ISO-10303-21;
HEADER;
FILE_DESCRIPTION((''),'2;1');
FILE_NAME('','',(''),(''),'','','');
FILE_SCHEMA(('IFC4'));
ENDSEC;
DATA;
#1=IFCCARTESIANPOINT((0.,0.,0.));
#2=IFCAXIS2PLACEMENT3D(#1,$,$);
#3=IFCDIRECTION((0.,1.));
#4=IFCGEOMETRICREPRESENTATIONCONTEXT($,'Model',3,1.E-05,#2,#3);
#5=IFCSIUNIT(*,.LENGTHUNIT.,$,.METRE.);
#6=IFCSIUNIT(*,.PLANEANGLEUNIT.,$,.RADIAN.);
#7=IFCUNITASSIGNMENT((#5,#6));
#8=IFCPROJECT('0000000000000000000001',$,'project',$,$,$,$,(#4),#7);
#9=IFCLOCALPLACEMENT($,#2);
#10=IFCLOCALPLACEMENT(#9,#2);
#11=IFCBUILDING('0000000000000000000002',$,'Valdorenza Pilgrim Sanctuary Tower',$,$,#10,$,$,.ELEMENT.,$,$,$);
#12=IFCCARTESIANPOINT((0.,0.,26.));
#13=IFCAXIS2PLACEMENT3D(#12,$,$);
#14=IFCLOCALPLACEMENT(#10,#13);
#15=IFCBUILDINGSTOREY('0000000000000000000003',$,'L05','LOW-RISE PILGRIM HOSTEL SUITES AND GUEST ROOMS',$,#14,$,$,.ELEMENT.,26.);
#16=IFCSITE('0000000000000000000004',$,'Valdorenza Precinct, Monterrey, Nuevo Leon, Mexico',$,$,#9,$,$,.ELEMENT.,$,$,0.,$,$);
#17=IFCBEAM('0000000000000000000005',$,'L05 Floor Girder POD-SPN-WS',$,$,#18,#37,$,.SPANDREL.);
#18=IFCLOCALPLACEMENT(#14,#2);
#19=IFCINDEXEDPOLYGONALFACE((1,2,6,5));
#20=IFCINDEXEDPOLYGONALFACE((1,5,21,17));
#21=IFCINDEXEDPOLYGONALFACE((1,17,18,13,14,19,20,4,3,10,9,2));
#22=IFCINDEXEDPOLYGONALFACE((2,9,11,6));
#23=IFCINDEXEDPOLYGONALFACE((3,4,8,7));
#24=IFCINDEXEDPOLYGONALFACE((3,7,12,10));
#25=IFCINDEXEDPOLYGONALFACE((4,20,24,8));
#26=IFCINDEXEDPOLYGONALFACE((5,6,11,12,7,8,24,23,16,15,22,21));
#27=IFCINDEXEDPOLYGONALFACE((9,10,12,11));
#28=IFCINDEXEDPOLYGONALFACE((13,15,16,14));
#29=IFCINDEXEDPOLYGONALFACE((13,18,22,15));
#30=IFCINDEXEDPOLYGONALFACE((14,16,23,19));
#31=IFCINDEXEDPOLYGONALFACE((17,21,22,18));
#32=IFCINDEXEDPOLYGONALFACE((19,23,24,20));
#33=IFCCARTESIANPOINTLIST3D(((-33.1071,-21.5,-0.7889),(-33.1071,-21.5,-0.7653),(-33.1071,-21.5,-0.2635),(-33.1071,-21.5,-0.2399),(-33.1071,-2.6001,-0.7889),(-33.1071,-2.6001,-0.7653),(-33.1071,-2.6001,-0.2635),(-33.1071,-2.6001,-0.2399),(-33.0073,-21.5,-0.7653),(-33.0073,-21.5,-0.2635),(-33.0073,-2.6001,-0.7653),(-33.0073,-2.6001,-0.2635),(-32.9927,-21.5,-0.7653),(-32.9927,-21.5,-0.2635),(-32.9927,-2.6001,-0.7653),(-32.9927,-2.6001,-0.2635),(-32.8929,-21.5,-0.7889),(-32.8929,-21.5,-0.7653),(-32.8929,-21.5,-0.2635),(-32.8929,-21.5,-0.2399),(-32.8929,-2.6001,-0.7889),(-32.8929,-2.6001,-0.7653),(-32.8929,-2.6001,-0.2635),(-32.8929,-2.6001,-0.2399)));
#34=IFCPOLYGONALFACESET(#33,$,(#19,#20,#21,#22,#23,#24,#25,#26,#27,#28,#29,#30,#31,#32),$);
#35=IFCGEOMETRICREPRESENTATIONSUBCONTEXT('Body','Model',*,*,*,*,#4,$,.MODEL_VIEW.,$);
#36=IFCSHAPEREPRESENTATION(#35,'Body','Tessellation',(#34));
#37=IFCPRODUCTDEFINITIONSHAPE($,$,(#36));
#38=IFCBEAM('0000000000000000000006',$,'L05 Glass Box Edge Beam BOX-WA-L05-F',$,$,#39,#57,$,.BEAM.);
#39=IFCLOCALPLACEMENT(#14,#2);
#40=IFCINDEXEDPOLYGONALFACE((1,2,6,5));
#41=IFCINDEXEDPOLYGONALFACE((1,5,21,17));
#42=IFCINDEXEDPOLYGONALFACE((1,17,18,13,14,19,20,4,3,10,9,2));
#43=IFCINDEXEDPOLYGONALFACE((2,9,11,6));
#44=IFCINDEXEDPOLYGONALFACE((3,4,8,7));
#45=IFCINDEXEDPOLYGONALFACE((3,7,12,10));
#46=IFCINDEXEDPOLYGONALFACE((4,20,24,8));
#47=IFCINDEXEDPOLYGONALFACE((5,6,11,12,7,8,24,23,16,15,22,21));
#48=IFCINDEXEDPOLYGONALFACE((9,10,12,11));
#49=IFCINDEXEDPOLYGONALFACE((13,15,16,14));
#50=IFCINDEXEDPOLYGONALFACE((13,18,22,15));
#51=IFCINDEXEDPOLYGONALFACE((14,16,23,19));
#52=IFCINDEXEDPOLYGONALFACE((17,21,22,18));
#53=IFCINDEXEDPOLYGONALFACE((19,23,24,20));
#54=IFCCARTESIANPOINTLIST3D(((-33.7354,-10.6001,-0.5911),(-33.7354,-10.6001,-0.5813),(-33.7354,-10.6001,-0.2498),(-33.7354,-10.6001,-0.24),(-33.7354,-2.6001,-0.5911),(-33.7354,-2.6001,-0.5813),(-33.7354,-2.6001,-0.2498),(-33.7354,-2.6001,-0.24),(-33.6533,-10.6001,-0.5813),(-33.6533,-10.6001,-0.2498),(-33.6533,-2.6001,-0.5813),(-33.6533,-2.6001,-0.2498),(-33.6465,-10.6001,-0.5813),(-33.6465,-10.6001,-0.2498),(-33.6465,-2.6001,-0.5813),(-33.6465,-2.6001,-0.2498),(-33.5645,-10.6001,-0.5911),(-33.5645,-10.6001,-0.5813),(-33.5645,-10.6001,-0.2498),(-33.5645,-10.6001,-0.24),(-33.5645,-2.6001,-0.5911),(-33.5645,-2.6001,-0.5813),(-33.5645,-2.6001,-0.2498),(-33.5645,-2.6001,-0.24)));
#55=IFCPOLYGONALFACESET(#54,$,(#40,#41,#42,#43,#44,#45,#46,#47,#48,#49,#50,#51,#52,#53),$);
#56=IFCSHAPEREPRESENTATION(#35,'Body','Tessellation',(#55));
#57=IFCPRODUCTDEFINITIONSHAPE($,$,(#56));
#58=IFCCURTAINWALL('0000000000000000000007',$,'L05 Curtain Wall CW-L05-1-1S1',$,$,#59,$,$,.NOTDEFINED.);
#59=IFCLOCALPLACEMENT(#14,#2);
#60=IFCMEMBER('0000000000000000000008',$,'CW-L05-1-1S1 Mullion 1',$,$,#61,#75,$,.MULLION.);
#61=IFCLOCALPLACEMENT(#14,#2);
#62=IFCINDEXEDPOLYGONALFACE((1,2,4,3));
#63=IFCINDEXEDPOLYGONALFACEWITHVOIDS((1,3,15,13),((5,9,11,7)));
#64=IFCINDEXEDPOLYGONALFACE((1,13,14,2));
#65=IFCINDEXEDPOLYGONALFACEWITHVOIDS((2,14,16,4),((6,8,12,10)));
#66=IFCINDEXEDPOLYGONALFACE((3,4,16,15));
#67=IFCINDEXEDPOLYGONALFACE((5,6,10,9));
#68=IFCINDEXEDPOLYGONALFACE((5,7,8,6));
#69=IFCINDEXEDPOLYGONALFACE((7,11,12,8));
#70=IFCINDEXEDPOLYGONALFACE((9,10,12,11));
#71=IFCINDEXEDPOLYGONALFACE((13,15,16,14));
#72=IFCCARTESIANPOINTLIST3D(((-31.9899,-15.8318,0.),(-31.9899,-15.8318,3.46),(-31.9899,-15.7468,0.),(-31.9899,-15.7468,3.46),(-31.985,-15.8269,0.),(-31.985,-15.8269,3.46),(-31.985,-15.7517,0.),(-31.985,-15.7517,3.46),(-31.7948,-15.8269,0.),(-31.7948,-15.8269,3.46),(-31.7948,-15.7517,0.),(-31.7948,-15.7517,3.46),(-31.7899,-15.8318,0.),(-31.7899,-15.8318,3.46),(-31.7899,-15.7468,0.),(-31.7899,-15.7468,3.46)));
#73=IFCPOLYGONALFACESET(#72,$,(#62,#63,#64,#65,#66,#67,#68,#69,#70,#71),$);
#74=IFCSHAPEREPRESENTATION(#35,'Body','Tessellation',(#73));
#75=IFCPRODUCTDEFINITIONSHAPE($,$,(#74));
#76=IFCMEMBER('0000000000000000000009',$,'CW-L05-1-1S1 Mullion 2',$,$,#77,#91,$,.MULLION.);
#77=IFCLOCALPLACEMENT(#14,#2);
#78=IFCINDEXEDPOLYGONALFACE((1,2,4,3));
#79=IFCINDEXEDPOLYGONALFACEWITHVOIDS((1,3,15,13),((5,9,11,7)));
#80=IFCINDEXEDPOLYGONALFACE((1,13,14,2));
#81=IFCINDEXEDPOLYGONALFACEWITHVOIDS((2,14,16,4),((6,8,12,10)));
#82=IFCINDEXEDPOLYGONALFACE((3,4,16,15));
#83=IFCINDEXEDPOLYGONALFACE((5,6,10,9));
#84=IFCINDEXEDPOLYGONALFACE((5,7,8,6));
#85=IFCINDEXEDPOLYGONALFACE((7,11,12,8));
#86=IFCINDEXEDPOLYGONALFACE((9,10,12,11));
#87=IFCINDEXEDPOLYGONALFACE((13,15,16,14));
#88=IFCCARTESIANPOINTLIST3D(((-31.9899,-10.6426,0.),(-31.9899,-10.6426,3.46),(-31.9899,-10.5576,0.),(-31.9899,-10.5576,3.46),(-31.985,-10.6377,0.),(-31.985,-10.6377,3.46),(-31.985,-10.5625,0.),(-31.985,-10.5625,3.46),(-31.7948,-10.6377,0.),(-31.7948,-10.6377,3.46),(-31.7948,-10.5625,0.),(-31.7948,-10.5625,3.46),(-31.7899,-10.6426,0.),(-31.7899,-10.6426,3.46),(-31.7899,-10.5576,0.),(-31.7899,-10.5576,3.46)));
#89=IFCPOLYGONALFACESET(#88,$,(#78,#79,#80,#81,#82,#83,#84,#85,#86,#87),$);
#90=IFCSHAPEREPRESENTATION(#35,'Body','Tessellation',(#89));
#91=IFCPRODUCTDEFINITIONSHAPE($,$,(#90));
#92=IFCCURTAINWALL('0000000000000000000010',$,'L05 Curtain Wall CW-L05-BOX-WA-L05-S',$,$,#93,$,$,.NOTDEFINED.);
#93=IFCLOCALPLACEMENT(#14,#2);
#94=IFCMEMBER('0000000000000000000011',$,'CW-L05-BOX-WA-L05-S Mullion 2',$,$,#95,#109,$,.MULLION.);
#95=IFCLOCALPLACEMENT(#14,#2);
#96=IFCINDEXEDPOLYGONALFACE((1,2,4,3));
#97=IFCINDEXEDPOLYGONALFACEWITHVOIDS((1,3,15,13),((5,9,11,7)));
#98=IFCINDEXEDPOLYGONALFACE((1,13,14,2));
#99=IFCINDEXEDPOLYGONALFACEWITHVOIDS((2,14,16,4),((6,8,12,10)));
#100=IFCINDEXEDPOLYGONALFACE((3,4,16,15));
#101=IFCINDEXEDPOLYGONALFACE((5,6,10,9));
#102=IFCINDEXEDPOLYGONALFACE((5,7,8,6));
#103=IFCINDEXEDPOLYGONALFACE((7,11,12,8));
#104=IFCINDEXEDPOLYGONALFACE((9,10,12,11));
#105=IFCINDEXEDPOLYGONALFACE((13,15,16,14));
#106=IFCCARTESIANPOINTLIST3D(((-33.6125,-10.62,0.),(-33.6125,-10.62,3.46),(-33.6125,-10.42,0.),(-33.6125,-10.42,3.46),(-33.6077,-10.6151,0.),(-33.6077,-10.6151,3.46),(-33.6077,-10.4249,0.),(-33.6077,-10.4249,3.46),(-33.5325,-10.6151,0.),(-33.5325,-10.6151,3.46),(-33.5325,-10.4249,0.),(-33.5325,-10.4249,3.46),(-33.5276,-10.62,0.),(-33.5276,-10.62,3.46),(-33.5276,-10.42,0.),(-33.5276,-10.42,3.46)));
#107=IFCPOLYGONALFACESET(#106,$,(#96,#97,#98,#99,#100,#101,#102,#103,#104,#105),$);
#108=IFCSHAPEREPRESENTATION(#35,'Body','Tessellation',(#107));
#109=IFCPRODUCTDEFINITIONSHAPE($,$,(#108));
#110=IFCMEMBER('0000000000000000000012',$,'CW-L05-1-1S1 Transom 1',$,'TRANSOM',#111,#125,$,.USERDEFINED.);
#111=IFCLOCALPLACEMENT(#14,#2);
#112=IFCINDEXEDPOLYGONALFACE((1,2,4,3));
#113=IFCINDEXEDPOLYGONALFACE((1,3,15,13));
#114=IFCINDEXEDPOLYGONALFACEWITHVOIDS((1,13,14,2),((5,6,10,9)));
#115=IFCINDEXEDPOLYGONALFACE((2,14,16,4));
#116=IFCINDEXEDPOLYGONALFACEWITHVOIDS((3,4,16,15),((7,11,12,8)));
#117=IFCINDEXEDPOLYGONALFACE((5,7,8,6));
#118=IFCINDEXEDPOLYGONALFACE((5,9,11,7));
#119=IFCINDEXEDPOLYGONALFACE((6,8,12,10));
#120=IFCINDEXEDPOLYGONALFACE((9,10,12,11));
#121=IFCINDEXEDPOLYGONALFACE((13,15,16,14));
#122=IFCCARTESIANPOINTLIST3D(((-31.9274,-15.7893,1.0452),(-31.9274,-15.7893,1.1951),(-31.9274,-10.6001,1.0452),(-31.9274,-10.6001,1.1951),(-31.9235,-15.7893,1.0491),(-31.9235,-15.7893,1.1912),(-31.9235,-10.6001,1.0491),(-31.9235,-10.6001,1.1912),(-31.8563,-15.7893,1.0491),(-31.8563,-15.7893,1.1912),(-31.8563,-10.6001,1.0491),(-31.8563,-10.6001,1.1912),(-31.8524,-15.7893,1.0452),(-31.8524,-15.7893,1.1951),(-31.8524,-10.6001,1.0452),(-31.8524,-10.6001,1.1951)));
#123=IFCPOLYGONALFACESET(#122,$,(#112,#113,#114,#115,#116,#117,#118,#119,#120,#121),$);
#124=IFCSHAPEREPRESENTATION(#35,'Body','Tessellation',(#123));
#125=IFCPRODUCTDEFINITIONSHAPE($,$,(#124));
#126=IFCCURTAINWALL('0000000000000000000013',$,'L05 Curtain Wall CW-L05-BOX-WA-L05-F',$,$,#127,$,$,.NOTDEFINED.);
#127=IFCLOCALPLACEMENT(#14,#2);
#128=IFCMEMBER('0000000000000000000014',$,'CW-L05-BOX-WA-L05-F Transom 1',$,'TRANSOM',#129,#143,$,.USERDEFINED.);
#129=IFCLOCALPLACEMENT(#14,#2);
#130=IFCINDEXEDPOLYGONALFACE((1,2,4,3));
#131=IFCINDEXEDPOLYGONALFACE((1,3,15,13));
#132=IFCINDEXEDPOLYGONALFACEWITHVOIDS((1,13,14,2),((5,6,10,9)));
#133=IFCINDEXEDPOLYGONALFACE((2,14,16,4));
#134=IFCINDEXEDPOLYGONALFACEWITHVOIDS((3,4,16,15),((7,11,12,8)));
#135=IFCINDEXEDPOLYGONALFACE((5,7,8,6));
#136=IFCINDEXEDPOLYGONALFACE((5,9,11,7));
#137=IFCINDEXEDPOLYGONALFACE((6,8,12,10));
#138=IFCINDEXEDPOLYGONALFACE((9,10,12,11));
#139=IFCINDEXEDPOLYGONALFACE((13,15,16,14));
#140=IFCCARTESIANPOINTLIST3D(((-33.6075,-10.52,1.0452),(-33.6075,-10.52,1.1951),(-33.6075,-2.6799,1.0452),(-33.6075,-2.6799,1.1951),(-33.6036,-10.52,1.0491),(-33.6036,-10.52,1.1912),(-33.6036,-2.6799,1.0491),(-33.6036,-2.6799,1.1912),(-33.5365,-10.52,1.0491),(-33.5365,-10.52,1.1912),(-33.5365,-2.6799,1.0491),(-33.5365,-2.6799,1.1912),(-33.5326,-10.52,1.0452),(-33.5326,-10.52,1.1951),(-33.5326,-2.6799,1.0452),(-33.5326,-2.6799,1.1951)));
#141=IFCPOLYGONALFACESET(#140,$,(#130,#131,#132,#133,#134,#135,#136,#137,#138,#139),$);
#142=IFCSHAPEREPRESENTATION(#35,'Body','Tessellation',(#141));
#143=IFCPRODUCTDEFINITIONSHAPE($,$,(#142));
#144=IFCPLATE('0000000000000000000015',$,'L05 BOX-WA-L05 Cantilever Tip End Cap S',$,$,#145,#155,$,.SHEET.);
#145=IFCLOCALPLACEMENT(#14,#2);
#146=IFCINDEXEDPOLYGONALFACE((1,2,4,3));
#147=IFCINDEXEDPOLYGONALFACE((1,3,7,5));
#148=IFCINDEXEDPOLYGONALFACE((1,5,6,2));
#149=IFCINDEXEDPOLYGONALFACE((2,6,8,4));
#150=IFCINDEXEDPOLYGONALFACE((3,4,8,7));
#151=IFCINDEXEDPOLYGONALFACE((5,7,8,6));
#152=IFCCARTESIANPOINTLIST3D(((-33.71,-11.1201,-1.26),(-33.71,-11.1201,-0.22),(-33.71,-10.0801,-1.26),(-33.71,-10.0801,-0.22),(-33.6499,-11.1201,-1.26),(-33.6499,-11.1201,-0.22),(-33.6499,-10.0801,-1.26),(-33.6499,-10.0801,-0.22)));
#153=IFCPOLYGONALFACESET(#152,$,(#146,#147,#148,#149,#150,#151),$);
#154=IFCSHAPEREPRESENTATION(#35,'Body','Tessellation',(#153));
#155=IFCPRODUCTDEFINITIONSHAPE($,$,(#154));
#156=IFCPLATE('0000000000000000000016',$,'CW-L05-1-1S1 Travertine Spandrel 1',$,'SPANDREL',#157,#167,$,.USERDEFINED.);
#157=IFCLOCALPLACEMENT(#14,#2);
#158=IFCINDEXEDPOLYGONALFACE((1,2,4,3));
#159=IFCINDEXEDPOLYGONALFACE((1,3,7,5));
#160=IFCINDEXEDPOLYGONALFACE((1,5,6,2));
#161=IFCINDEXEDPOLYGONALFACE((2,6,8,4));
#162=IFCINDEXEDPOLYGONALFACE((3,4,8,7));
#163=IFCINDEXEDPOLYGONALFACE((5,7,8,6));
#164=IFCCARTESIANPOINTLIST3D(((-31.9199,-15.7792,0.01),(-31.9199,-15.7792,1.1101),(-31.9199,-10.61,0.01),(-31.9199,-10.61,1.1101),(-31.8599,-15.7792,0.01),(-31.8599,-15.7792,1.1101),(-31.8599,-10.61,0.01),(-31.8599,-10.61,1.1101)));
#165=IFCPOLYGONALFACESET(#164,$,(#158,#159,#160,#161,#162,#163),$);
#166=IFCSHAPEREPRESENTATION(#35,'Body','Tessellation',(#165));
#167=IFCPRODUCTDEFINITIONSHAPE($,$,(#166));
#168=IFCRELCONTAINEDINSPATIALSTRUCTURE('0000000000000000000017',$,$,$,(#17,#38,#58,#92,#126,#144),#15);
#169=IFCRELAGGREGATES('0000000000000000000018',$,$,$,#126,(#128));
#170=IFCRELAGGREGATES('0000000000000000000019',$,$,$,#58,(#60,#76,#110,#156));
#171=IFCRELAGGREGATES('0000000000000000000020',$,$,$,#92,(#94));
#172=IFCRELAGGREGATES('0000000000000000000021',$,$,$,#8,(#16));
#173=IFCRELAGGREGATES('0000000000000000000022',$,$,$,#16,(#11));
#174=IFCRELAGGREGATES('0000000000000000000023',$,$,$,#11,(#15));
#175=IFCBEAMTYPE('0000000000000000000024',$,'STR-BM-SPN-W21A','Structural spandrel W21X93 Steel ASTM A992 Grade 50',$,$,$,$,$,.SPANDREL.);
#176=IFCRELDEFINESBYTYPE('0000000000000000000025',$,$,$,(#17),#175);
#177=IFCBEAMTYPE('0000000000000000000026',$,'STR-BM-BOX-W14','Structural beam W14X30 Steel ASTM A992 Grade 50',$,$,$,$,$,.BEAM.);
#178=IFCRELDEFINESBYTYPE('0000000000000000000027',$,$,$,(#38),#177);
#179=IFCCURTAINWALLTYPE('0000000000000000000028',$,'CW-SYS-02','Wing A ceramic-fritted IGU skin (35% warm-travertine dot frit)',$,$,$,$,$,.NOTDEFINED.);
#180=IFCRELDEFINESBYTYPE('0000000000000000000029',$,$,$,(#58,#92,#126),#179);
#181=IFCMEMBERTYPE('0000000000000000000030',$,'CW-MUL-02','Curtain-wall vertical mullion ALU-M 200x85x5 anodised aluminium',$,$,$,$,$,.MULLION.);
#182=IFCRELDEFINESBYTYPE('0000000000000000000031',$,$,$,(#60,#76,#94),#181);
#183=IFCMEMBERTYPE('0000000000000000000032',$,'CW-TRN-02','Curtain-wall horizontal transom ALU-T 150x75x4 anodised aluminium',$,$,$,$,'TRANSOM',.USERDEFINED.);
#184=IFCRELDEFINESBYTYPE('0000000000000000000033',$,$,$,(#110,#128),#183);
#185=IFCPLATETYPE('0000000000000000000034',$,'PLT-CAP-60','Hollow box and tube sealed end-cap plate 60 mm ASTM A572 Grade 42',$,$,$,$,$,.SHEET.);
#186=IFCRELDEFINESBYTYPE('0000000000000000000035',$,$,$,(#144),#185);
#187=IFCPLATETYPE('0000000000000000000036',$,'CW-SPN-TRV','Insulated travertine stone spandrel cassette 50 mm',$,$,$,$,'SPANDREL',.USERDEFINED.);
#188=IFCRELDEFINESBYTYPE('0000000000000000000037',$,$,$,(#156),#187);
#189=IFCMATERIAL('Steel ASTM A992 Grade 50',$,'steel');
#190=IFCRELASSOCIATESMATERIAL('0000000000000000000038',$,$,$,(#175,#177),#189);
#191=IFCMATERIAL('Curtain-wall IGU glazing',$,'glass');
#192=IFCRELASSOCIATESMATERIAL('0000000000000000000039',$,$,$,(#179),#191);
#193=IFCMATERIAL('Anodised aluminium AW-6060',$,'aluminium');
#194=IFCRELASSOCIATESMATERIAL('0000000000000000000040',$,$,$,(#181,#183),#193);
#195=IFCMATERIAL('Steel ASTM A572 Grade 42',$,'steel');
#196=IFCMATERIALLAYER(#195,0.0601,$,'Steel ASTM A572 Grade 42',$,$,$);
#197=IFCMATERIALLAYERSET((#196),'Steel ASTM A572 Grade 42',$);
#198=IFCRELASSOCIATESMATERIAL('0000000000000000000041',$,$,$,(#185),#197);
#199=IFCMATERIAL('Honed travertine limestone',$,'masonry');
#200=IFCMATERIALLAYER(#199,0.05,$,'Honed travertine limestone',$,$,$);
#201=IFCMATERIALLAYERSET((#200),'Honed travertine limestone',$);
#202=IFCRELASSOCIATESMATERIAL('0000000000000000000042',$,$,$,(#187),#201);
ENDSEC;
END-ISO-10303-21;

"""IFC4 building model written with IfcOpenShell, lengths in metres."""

from ifc_helpers import new_model, si_unit, direction, frame, origin, origin_2d, place, context, subcontext, project, spatial, rectangle, hollow_rectangle, i_section, extrude, source, transform, mapped, material, layer, layer_set, material_profile, profile_set, type_object, element, aggregate, save


model = new_model("IFC4")

# Units and contexts
model_context = context("Model", 3, precision=1e-05, world=origin(), true_north=direction((0.0, 1.0)))
body_context = subcontext(model_context, "Body", "Model", "MODEL_VIEW")
ifc_project = project(units=[si_unit("LENGTHUNIT", "METRE"), si_unit("PLANEANGLEUNIT", "RADIAN")], contexts=[model_context])

# Site, building, storey
site_placement = place(None, origin())
site = spatial("IfcSite", under=ifc_project, at=site_placement, Name="Valdorenza Precinct, Monterrey, Nuevo Leon, Mexico", CompositionType="ELEMENT", RefElevation=0.0)
building_placement = place(site_placement, origin())
building = spatial("IfcBuilding", under=site, at=building_placement, Name="Valdorenza Pilgrim Sanctuary Tower", CompositionType="ELEMENT")
storey_placement = place(building_placement, frame((0.0, 0.0, 26.0)))
storey = spatial("IfcBuildingStorey", under=building, at=storey_placement, Name="L05", Description="LOW-RISE PILGRIM HOSTEL SUITES AND GUEST ROOMS", CompositionType="ELEMENT", Elevation=26.0)

# Beams
ifc_material_1 = material(Name="Steel ASTM A992 Grade 50", Category="steel")
ifc_material_profile_1 = material_profile(ifc_material_1, i_section(OverallWidth=0.2141, OverallDepth=0.5491, WebThickness=0.0146, FlangeThickness=0.0237, at=origin_2d()), Name="W21X93")
ifc_profile_set_1 = profile_set([ifc_material_profile_1], Name="Steel ASTM A992 Grade 50")
beam_type_1 = type_object("IfcBeamType", Name="STR-BM-SPN-W21A", Description="Structural spandrel W21X93 Steel ASTM A992 Grade 50", PredefinedType="SPANDREL", material=ifc_profile_set_1)
shared_shape_1 = source(origin(), body_context, "Body", "SweptSolid", [
    extrude(i_section(OverallWidth=0.2141, OverallDepth=0.5491, WebThickness=0.0146, FlangeThickness=0.0237, at=origin_2d()), origin(), (0.0, 0.0, 1.0), 18.8999),
])
beam_1_placement = place(storey_placement, frame((-33.0, -21.5, -0.5144), z_axis=(0.0, 1.0, 0.0), x_axis=(-1.0, 0.0, 0.0)))
element("IfcBeam", 1, at=beam_1_placement, inside=storey, type_object=beam_type_1, Name="L05 Floor Girder POD-SPN-WS", PredefinedType="SPANDREL", context=body_context, shape_type="MappedRepresentation", body=[
    mapped(shared_shape_1, transform((0.0, 0.0, 0.0), x_axis=(1.0, 0.0, 0.0), y_axis=(0.0, 1.0, 0.0), z_axis=(0.0, 0.0, 1.0), scale=1.0)),
])
ifc_material_profile_2 = material_profile(ifc_material_1, i_section(OverallWidth=0.1709, OverallDepth=0.3511, WebThickness=0.0068, FlangeThickness=0.0098, at=origin_2d()), Name="W14X30")
ifc_profile_set_2 = profile_set([ifc_material_profile_2], Name="Steel ASTM A992 Grade 50")
beam_type_2 = type_object("IfcBeamType", Name="STR-BM-BOX-W14", Description="Structural beam W14X30 Steel ASTM A992 Grade 50", PredefinedType="BEAM", material=ifc_profile_set_2)
shared_shape_2 = source(origin(), body_context, "Body", "SweptSolid", [
    extrude(i_section(OverallWidth=0.1709, OverallDepth=0.3511, WebThickness=0.0068, FlangeThickness=0.0098, at=origin_2d()), origin(), (0.0, 0.0, 1.0), 8.0),
])
beam_2_placement = place(storey_placement, frame((-33.6499, -10.6001, -0.4155), z_axis=(0.0, 1.0, 0.0), x_axis=(-1.0, 0.0, 0.0)))
element("IfcBeam", 2, at=beam_2_placement, inside=storey, type_object=beam_type_2, Name="L05 Glass Box Edge Beam BOX-WA-L05-F", PredefinedType="BEAM", context=body_context, shape_type="MappedRepresentation", body=[
    mapped(shared_shape_2, transform((0.0, 0.0, 0.0), x_axis=(1.0, 0.0, 0.0), y_axis=(0.0, 1.0, 0.0), z_axis=(0.0, 0.0, 1.0), scale=1.0)),
])

# Curtain wall, members
ifc_material_2 = material(Name="Curtain-wall IGU glazing", Category="glass")
curtain_wall_type = type_object("IfcCurtainWallType", Name="CW-SYS-02", Description="Wing A ceramic-fritted IGU skin (35% warm-travertine dot frit)", PredefinedType="NOTDEFINED", material=ifc_material_2)
curtain_wall_1_placement = place(storey_placement, origin())
curtain_wall_1 = element("IfcCurtainWall", 3, at=curtain_wall_1_placement, inside=storey, type_object=curtain_wall_type, Name="L05 Curtain Wall CW-L05-1-1S1", PredefinedType="NOTDEFINED")
ifc_material_3 = material(Name="Anodised aluminium AW-6060", Category="aluminium")
ifc_material_profile_3 = material_profile(ifc_material_3, hollow_rectangle(XDim=0.085, YDim=0.2, WallThickness=0.0049, at=origin_2d()), Name="ALU-M 200x85x5")
ifc_profile_set_3 = profile_set([ifc_material_profile_3], Name="Anodised aluminium AW-6060")
member_type_1 = type_object("IfcMemberType", Name="CW-MUL-02", Description="Curtain-wall vertical mullion ALU-M 200x85x5 anodised aluminium", PredefinedType="MULLION", material=ifc_profile_set_3)
shared_shape_3 = source(origin(), body_context, "Body", "SweptSolid", [
    extrude(hollow_rectangle(XDim=0.085, YDim=0.2, WallThickness=0.0049, at=origin_2d()), origin(), (0.0, 0.0, 1.0), 3.46),
])
member_1_placement = place(storey_placement, frame((-31.8899, -15.7893, 0.0), z_axis=(0.0, 0.0, 1.0), x_axis=(0.0, 1.0, 0.0)))
member_1 = element("IfcMember", 4, at=member_1_placement, type_object=member_type_1, Name="CW-L05-1-1S1 Mullion 1", PredefinedType="MULLION", context=body_context, shape_type="MappedRepresentation", body=[
    mapped(shared_shape_3, transform((0.0, 0.0, 0.0), x_axis=(1.0, 0.0, 0.0), y_axis=(0.0, 1.0, 0.0), z_axis=(0.0, 0.0, 1.0), scale=1.0)),
])
member_2_placement = place(storey_placement, frame((-31.8899, -10.6001, 0.0), z_axis=(0.0, 0.0, 1.0), x_axis=(0.0, 1.0, 0.0)))
member_2 = element("IfcMember", 5, at=member_2_placement, type_object=member_type_1, Name="CW-L05-1-1S1 Mullion 2", PredefinedType="MULLION", context=body_context, shape_type="MappedRepresentation", body=[
    mapped(shared_shape_3, transform((0.0, 0.0, 0.0), x_axis=(1.0, 0.0, 0.0), y_axis=(0.0, 1.0, 0.0), z_axis=(0.0, 0.0, 1.0), scale=1.0)),
])

# Curtain wall, member
curtain_wall_2_placement = place(storey_placement, origin())
curtain_wall_2 = element("IfcCurtainWall", 6, at=curtain_wall_2_placement, inside=storey, type_object=curtain_wall_type, Name="L05 Curtain Wall CW-L05-BOX-WA-L05-S", PredefinedType="NOTDEFINED")
member_3_placement = place(storey_placement, frame((-33.5701, -10.52, 0.0), z_axis=(0.0, 0.0, 1.0), x_axis=(-1.0, 0.0, 0.0)))
member_3 = element("IfcMember", 7, at=member_3_placement, type_object=member_type_1, Name="CW-L05-BOX-WA-L05-S Mullion 2", PredefinedType="MULLION", context=body_context, shape_type="MappedRepresentation", body=[
    mapped(shared_shape_3, transform((0.0, 0.0, 0.0), x_axis=(1.0, 0.0, 0.0), y_axis=(0.0, 1.0, 0.0), z_axis=(0.0, 0.0, 1.0), scale=1.0)),
])

# Member
ifc_material_profile_4 = material_profile(ifc_material_3, hollow_rectangle(XDim=0.075, YDim=0.1499, WallThickness=0.0039, at=origin_2d()), Name="ALU-T 150x75x4")
ifc_profile_set_4 = profile_set([ifc_material_profile_4], Name="Anodised aluminium AW-6060")
member_type_2 = type_object("IfcMemberType", Name="CW-TRN-02", Description="Curtain-wall horizontal transom ALU-T 150x75x4 anodised aluminium", ElementType="TRANSOM", PredefinedType="USERDEFINED", material=ifc_profile_set_4)
shared_shape_4 = source(origin(), body_context, "Body", "SweptSolid", [
    extrude(hollow_rectangle(XDim=0.075, YDim=0.1499, WallThickness=0.0039, at=origin_2d()), origin(), (0.0, 0.0, 1.0), 5.1892),
])
member_4_placement = place(storey_placement, frame((-31.8899, -15.7893, 1.1201), z_axis=(0.0, 1.0, 0.0), x_axis=(-1.0, 0.0, 0.0)))
member_4 = element("IfcMember", 8, at=member_4_placement, type_object=member_type_2, Name="CW-L05-1-1S1 Transom 1", ObjectType="TRANSOM", PredefinedType="USERDEFINED", context=body_context, shape_type="MappedRepresentation", body=[
    mapped(shared_shape_4, transform((0.0, 0.0, 0.0), x_axis=(1.0, 0.0, 0.0), y_axis=(0.0, 1.0, 0.0), z_axis=(0.0, 0.0, 1.0), scale=1.0)),
])

# Curtain wall, member
curtain_wall_3_placement = place(storey_placement, origin())
curtain_wall_3 = element("IfcCurtainWall", 9, at=curtain_wall_3_placement, inside=storey, type_object=curtain_wall_type, Name="L05 Curtain Wall CW-L05-BOX-WA-L05-F", PredefinedType="NOTDEFINED")
shared_shape_5 = source(origin(), body_context, "Body", "SweptSolid", [
    extrude(hollow_rectangle(XDim=0.075, YDim=0.1499, WallThickness=0.0039, at=origin_2d()), origin(), (0.0, 0.0, 1.0), 7.8401),
])
member_5_placement = place(storey_placement, frame((-33.5701, -10.52, 1.1201), z_axis=(0.0, 1.0, 0.0), x_axis=(-1.0, 0.0, 0.0)))
member_5 = element("IfcMember", 10, at=member_5_placement, type_object=member_type_2, Name="CW-L05-BOX-WA-L05-F Transom 1", ObjectType="TRANSOM", PredefinedType="USERDEFINED", context=body_context, shape_type="MappedRepresentation", body=[
    mapped(shared_shape_5, transform((0.0, 0.0, 0.0), x_axis=(1.0, 0.0, 0.0), y_axis=(0.0, 1.0, 0.0), z_axis=(0.0, 0.0, 1.0), scale=1.0)),
])
aggregate(curtain_wall_3, [member_5])

# Plates
ifc_material_4 = material(Name="Steel ASTM A572 Grade 42", Category="steel")
ifc_layer_1 = layer(ifc_material_4, 0.0601, Name="Steel ASTM A572 Grade 42")
ifc_layer_set_1 = layer_set([ifc_layer_1], Name="Steel ASTM A572 Grade 42")
plate_type_1 = type_object("IfcPlateType", Name="PLT-CAP-60", Description="Hollow box and tube sealed end-cap plate 60 mm ASTM A572 Grade 42", PredefinedType="SHEET", material=ifc_layer_set_1)
shared_shape_6 = source(origin(), body_context, "Body", "SweptSolid", [
    extrude(rectangle(XDim=0.0601, YDim=1.04, at=origin_2d()), origin(), (0.0, 0.0, 1.0), 1.04),
])
plate_1_placement = place(storey_placement, frame((-33.6799, -10.6001, -1.26), z_axis=(0.0, 0.0, 1.0), x_axis=(1.0, 0.0, 0.0)))
element("IfcPlate", 11, at=plate_1_placement, inside=storey, type_object=plate_type_1, Name="L05 BOX-WA-L05 Cantilever Tip End Cap S", PredefinedType="SHEET", context=body_context, shape_type="MappedRepresentation", body=[
    mapped(shared_shape_6, transform((0.0, 0.0, 0.0), x_axis=(1.0, 0.0, 0.0), y_axis=(0.0, 1.0, 0.0), z_axis=(0.0, 0.0, 1.0), scale=1.0)),
])
ifc_material_5 = material(Name="Honed travertine limestone", Category="masonry")
ifc_layer_2 = layer(ifc_material_5, 0.05, Name="Honed travertine limestone")
ifc_layer_set_2 = layer_set([ifc_layer_2], Name="Honed travertine limestone")
plate_type_2 = type_object("IfcPlateType", Name="CW-SPN-TRV", Description="Insulated travertine stone spandrel cassette 50 mm", ElementType="SPANDREL", PredefinedType="USERDEFINED", material=ifc_layer_set_2)
shared_shape_7 = source(origin(), body_context, "Body", "SweptSolid", [
    extrude(rectangle(XDim=5.1692, YDim=0.0601, at=origin_2d()), origin(), (0.0, 0.0, 1.0), 1.1001),
])
plate_2_placement = place(storey_placement, frame((-31.8899, -13.1946, 0.01), z_axis=(0.0, 0.0, 1.0), x_axis=(0.0, 1.0, 0.0)))
plate_2 = element("IfcPlate", 12, at=plate_2_placement, type_object=plate_type_2, Name="CW-L05-1-1S1 Travertine Spandrel 1", ObjectType="SPANDREL", PredefinedType="USERDEFINED", context=body_context, shape_type="MappedRepresentation", body=[
    mapped(shared_shape_7, transform((0.0, 0.0, 0.0), x_axis=(1.0, 0.0, 0.0), y_axis=(0.0, 1.0, 0.0), z_axis=(0.0, 0.0, 1.0), scale=1.0)),
])
aggregate(curtain_wall_1, [member_1, member_2, member_4, plate_2])
aggregate(curtain_wall_2, [member_3])

save(model, "model.ifc")
